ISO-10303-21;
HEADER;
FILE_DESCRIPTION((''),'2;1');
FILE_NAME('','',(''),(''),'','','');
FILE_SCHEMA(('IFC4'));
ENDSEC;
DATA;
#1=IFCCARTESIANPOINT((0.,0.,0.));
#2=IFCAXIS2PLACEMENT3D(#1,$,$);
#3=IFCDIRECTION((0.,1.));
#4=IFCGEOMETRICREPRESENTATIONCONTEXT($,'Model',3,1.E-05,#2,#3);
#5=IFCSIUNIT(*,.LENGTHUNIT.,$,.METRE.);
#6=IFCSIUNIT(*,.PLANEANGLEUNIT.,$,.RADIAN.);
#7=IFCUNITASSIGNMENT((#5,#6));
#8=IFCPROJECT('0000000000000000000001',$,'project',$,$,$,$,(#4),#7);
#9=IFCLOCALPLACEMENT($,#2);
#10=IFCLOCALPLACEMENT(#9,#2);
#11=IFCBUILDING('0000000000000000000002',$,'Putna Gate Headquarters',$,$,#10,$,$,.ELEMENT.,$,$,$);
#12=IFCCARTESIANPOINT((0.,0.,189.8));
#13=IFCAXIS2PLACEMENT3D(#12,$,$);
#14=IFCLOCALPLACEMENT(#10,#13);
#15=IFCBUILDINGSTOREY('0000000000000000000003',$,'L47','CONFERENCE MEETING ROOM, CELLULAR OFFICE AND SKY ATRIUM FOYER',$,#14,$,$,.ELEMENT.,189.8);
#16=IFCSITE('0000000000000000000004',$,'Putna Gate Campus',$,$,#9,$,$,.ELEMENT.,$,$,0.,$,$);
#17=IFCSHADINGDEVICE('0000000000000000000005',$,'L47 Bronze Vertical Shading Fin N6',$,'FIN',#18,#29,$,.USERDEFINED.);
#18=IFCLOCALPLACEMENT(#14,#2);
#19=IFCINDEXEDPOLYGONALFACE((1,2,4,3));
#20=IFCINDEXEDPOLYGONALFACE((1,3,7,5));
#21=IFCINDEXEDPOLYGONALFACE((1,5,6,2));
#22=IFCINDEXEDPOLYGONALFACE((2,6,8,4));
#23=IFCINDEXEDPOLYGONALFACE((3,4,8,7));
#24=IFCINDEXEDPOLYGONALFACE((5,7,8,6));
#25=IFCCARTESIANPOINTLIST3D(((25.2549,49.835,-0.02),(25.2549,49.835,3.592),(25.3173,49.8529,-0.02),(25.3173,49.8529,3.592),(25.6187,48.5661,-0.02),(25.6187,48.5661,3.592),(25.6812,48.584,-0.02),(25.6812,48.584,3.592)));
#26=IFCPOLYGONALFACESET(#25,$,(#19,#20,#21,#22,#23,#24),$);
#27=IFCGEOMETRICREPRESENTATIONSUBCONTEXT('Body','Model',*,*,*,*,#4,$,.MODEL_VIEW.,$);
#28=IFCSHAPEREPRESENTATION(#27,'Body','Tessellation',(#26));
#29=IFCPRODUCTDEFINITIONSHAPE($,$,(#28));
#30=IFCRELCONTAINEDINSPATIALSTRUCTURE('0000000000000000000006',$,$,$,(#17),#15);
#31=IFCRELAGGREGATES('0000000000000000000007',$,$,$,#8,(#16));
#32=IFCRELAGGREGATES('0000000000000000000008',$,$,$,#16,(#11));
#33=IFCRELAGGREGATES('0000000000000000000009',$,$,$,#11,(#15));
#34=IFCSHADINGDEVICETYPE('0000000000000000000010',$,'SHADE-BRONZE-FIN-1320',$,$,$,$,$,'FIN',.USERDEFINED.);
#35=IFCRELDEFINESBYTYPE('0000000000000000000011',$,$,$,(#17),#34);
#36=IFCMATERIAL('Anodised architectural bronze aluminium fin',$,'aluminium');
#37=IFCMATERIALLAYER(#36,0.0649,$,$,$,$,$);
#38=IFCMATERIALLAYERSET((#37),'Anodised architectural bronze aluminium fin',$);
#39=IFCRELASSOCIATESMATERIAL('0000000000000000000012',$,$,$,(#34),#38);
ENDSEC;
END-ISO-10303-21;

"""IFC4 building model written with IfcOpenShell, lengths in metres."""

from ifc_helpers import new_model, si_unit, direction, frame, origin, origin_2d, place, context, subcontext, project, spatial, rectangle, extrude, material, layer, layer_set, type_object, element, save


model = new_model("IFC4")

# Units and contexts
model_context = context("Model", 3, precision=1e-05, world=origin(), true_north=direction((0.0, 1.0)))
body_context = subcontext(model_context, "Body", "Model", "MODEL_VIEW")
ifc_project = project(units=[si_unit("LENGTHUNIT", "METRE"), si_unit("PLANEANGLEUNIT", "RADIAN")], contexts=[model_context])

# Site, building, storey
site_placement = place(None, origin())
site = spatial("IfcSite", under=ifc_project, at=site_placement, Name="Putna Gate Campus", CompositionType="ELEMENT", RefElevation=0.0)
building_placement = place(site_placement, origin())
building = spatial("IfcBuilding", under=site, at=building_placement, Name="Putna Gate Headquarters", CompositionType="ELEMENT")
storey_placement = place(building_placement, frame((0.0, 0.0, 189.8)))
storey = spatial("IfcBuildingStorey", under=building, at=storey_placement, Name="L47", Description="CONFERENCE MEETING ROOM, CELLULAR OFFICE AND SKY ATRIUM FOYER", CompositionType="ELEMENT", Elevation=189.8)

# Shading device
ifc_material_1 = material(Name="Anodised architectural bronze aluminium fin", Category="aluminium")
ifc_layer_1 = layer(ifc_material_1, 0.0649)
ifc_layer_set_1 = layer_set([ifc_layer_1], Name="Anodised architectural bronze aluminium fin")
shading_device_type = type_object("IfcShadingDeviceType", Name="SHADE-BRONZE-FIN-1320", ElementType="FIN", PredefinedType="USERDEFINED", material=ifc_layer_set_1)
for number, where, z_axis, x_axis, name in (
    (1, (25.468, 49.2095, -0.02), (0.0, 0.0, 1.0), (-0.275637, 0.961262, 0.0), "L47 Bronze Vertical Shading Fin N6"),
):
    element("IfcShadingDevice", number, at=place(storey_placement, frame(where, z_axis=z_axis, x_axis=x_axis)), inside=storey, type_object=shading_device_type, Name=name, ObjectType="FIN", PredefinedType="USERDEFINED", context=body_context, shape_type="SweptSolid", body=[
        extrude(rectangle(XDim=1.3201, YDim=0.0649, at=origin_2d()), origin(), (0.0, 0.0, 1.0), 3.6121),
    ])

save(model, "model.ifc")
